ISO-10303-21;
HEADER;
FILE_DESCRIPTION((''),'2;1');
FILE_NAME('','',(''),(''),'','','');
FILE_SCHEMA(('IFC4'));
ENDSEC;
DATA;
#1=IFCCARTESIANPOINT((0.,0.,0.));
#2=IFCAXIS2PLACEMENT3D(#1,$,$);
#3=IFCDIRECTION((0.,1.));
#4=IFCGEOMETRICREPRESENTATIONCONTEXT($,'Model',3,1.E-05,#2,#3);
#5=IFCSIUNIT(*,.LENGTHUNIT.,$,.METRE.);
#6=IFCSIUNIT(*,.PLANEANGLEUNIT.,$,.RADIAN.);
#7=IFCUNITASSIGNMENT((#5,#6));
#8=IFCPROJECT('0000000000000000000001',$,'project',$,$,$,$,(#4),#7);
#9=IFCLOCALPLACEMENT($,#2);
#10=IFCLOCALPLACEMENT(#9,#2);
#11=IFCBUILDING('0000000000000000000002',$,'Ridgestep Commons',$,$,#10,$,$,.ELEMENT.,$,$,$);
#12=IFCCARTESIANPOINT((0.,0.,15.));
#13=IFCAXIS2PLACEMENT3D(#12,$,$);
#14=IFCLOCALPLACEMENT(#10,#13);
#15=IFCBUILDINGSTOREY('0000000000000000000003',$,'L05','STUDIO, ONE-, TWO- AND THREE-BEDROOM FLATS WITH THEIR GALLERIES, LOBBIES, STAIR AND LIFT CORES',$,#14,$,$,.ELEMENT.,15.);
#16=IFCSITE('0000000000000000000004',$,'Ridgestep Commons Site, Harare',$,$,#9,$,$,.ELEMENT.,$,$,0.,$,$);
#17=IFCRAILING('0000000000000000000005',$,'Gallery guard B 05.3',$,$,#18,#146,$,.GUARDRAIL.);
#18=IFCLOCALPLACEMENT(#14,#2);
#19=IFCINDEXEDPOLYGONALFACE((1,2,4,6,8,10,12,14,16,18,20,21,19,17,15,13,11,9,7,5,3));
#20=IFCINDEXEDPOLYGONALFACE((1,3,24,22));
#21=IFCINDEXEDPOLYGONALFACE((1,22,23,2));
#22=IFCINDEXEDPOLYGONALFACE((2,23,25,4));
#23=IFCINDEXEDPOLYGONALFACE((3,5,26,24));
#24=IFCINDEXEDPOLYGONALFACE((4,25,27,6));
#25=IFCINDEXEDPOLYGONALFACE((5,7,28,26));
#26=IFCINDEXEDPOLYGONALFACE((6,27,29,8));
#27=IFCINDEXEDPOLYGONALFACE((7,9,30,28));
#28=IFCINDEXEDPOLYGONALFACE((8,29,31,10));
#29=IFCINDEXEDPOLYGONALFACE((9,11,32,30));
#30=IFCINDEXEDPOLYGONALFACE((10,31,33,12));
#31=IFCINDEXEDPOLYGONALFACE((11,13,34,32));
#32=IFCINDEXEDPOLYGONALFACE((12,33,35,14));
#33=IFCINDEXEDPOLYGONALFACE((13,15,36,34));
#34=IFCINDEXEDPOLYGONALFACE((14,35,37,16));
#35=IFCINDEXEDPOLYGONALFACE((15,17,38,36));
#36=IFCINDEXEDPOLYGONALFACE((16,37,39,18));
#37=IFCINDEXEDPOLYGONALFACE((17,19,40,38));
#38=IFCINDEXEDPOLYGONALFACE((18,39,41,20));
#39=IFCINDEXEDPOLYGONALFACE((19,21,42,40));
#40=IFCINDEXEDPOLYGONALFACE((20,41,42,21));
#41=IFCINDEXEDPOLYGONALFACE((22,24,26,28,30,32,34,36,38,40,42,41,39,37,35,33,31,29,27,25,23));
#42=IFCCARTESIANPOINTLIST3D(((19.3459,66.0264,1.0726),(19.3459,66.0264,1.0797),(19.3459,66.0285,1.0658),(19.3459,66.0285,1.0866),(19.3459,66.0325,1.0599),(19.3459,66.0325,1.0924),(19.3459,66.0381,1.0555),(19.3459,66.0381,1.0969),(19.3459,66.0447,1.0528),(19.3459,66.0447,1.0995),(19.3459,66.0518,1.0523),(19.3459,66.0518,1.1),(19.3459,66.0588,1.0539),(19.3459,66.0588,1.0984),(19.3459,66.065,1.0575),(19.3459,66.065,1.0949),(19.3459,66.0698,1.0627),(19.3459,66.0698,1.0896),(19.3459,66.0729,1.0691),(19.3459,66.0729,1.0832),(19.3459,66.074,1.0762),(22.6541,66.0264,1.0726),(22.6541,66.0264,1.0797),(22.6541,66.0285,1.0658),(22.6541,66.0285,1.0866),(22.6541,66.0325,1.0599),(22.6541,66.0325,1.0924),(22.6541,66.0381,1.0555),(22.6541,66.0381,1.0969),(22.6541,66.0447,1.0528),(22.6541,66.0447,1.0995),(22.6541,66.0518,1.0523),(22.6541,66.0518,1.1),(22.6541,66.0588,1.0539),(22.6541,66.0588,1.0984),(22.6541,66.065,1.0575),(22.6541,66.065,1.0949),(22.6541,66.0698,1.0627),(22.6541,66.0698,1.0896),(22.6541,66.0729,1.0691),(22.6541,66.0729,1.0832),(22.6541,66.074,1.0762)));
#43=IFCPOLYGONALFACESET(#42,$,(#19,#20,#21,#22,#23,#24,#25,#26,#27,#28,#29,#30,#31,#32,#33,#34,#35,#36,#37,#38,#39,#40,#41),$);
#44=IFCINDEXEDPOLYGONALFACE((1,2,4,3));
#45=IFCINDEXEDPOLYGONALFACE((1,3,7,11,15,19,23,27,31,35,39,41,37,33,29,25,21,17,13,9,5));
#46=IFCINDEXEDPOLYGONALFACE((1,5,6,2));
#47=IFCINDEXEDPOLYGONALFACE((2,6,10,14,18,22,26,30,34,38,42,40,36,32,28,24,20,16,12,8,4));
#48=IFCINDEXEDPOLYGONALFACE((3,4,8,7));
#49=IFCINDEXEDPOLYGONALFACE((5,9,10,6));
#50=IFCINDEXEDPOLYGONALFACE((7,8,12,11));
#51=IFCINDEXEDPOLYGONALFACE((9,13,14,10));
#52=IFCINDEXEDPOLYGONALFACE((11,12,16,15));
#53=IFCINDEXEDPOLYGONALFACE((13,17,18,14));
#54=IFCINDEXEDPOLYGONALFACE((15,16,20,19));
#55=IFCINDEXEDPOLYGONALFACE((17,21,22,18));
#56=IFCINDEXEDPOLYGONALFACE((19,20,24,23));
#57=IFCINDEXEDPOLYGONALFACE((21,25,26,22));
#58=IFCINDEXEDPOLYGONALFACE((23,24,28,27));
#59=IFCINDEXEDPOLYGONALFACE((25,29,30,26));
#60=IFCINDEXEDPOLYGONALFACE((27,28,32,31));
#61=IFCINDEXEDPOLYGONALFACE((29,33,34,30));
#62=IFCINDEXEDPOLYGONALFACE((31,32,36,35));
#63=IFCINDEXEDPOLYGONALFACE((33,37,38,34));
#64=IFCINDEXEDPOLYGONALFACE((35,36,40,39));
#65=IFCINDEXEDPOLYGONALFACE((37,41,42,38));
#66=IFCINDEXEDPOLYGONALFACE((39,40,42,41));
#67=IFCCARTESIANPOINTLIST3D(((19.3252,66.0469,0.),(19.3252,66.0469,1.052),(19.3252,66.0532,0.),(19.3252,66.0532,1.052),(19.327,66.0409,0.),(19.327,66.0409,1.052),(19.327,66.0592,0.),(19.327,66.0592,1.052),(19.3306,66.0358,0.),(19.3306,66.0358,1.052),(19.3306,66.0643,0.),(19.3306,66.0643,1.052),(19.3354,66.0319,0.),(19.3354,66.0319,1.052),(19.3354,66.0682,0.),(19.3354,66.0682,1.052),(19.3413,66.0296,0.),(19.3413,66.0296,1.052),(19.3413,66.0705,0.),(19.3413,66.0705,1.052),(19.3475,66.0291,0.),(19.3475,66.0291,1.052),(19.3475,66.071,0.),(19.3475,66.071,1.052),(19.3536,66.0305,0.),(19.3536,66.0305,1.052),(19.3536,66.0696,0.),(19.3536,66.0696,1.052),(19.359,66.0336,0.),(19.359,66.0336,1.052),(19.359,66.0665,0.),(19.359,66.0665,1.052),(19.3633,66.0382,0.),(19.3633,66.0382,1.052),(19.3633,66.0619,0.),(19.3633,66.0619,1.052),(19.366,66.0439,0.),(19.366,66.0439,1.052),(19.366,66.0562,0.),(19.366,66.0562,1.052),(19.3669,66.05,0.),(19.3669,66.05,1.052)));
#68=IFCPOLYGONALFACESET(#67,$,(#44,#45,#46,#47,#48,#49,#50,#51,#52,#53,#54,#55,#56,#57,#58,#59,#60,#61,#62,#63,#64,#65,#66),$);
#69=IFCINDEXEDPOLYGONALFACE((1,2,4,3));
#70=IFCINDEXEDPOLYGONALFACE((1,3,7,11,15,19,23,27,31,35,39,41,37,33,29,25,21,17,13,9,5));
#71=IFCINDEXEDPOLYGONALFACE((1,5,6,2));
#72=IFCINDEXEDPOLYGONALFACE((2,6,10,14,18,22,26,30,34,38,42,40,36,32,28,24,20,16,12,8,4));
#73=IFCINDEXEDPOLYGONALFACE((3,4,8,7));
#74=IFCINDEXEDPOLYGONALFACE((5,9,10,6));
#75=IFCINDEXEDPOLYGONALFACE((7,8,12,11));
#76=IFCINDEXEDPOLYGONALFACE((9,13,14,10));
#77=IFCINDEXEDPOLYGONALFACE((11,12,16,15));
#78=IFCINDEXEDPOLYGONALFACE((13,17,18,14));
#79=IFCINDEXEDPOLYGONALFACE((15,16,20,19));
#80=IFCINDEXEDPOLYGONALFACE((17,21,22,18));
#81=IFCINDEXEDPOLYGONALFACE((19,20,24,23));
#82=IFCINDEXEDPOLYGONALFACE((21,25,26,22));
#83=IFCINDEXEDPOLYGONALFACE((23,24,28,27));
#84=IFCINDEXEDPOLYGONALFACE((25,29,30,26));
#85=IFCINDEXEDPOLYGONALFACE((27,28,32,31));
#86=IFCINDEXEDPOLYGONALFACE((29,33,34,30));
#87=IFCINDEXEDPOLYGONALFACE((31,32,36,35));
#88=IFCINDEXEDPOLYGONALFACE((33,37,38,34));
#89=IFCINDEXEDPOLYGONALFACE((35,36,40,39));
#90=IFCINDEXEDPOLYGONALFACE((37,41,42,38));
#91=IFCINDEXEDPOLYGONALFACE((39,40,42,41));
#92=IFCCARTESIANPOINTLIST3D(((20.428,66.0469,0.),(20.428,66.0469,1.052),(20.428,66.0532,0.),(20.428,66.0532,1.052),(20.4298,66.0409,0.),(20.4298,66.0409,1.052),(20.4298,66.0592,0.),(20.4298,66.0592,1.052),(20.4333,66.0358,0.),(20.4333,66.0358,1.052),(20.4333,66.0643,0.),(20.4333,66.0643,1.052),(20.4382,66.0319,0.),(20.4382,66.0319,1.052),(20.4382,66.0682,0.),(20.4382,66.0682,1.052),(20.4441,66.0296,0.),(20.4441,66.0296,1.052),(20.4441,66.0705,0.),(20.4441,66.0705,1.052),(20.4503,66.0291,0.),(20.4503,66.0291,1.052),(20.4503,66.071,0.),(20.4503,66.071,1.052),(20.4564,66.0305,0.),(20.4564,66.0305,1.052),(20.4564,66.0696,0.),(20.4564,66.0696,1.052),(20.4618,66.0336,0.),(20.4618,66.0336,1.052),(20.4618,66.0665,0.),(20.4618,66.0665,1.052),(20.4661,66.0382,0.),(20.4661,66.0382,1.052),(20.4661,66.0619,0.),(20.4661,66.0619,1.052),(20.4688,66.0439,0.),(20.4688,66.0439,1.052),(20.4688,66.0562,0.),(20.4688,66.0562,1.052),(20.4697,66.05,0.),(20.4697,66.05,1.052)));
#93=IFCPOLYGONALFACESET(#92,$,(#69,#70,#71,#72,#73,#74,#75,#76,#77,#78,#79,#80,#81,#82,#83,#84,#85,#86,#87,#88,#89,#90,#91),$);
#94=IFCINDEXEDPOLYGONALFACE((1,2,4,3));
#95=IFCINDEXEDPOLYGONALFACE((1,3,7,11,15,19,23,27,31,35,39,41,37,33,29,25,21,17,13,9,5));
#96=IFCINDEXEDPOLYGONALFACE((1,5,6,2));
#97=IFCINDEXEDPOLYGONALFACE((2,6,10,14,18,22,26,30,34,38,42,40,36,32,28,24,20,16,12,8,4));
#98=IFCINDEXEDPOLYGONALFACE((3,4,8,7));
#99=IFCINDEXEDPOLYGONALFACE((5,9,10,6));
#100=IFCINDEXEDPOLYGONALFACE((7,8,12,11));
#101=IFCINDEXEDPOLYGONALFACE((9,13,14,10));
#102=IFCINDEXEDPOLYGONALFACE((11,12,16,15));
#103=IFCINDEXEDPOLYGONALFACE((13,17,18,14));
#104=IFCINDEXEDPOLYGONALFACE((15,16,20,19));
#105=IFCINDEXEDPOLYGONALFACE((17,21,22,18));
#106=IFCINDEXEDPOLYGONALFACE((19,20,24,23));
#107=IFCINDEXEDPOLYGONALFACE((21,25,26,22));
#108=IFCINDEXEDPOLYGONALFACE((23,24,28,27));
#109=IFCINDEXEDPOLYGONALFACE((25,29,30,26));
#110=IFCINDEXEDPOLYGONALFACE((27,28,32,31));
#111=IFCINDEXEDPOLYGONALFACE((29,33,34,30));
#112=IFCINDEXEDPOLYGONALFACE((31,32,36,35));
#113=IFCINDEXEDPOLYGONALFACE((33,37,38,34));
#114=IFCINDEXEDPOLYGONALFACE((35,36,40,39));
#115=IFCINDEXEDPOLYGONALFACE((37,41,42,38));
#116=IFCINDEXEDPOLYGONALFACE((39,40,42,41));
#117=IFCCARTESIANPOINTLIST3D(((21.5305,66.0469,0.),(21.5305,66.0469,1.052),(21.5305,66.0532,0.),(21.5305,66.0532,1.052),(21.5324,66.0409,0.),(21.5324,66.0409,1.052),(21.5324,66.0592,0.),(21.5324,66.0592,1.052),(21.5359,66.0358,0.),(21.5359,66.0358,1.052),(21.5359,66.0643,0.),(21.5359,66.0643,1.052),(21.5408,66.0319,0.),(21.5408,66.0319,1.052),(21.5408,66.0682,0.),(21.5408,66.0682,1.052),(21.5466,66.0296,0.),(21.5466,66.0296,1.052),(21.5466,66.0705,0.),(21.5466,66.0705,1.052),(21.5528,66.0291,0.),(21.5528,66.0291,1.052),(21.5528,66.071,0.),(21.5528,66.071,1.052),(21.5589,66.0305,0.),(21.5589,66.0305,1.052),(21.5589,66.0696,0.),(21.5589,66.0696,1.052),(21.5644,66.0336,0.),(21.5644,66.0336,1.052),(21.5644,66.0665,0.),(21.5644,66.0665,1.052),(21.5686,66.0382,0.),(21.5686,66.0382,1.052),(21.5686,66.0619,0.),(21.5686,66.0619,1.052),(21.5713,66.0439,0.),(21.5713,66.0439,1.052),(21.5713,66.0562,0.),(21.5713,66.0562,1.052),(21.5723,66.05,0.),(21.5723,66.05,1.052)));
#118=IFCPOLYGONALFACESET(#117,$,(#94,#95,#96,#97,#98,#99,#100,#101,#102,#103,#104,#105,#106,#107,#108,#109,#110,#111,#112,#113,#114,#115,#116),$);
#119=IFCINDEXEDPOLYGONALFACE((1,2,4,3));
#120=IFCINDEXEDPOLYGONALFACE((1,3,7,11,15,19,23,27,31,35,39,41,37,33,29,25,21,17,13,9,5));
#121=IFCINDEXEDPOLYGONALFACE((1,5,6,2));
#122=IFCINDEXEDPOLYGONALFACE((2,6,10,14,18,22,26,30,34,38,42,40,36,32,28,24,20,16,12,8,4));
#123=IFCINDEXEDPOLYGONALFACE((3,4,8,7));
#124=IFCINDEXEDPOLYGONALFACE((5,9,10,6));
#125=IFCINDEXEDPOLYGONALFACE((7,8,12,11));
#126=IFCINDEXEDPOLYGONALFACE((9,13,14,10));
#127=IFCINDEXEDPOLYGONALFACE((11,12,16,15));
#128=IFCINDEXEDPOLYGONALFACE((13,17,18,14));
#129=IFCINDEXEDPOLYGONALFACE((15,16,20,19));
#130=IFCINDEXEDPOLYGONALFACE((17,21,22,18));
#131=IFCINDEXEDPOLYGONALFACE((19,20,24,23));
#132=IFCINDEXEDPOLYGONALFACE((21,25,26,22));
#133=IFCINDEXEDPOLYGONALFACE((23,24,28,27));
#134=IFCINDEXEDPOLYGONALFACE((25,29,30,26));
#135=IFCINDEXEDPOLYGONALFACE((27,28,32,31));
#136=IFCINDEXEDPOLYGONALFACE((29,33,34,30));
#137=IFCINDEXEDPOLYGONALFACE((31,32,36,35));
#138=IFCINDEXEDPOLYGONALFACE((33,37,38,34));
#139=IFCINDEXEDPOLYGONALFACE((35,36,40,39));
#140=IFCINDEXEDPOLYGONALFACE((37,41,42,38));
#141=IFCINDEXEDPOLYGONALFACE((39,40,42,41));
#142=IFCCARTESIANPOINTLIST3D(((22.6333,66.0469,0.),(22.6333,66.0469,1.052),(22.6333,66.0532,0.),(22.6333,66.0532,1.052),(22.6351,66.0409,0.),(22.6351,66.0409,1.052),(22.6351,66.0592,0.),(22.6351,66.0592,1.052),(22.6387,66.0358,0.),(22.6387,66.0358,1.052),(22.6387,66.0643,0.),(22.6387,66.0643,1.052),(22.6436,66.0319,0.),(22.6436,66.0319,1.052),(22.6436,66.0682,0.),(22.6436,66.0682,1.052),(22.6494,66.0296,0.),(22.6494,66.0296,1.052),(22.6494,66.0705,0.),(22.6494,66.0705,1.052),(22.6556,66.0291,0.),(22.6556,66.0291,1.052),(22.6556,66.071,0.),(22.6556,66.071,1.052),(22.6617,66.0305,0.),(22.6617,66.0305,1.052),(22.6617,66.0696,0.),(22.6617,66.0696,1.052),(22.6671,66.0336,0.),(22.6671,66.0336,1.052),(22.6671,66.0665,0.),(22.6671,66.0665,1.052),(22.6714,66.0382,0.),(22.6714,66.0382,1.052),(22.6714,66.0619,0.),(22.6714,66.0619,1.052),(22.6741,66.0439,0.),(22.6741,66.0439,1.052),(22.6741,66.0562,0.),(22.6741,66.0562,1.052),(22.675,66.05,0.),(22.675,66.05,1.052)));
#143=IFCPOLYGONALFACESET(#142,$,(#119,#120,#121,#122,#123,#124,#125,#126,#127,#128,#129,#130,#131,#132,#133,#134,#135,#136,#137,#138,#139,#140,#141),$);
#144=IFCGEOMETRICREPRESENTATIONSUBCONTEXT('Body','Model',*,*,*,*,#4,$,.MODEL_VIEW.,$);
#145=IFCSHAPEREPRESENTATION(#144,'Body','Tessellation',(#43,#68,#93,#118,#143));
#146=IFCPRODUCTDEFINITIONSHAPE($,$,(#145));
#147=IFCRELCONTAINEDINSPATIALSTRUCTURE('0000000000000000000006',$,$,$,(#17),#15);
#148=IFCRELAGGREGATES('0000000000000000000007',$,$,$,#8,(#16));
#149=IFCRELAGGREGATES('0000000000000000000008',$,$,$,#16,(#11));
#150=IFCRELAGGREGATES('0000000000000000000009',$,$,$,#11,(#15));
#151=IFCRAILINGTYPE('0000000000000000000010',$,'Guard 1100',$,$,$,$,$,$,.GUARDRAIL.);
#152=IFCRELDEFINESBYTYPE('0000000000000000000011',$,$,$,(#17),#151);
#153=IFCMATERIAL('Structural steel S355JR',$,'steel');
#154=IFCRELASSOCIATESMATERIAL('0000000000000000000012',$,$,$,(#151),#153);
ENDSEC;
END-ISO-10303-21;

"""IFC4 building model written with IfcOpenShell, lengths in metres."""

from ifc_helpers import new_model, si_unit, direction, frame, origin, origin_2d, place, context, subcontext, project, spatial, circle, extrude, material, type_object, element, save


model = new_model("IFC4")

# Units and contexts
model_context = context("Model", 3, precision=1e-05, world=origin(), true_north=direction((0.0, 1.0)))
body_context = subcontext(model_context, "Body", "Model", "MODEL_VIEW")
ifc_project = project(units=[si_unit("LENGTHUNIT", "METRE"), si_unit("PLANEANGLEUNIT", "RADIAN")], contexts=[model_context])

# Site, building, storey
site_placement = place(None, origin())
site = spatial("IfcSite", under=ifc_project, at=site_placement, Name="Ridgestep Commons Site, Harare", CompositionType="ELEMENT", RefElevation=0.0)
building_placement = place(site_placement, origin())
building = spatial("IfcBuilding", under=site, at=building_placement, Name="Ridgestep Commons", CompositionType="ELEMENT")
storey_placement = place(building_placement, frame((0.0, 0.0, 15.0)))
storey = spatial("IfcBuildingStorey", under=building, at=storey_placement, Name="L05", Description="STUDIO, ONE-, TWO- AND THREE-BEDROOM FLATS WITH THEIR GALLERIES, LOBBIES, STAIR AND LIFT CORES", CompositionType="ELEMENT", Elevation=15.0)

# Railing
ifc_material_1 = material(Name="Structural steel S355JR", Category="steel")
railing_type = type_object("IfcRailingType", Name="Guard 1100", PredefinedType="GUARDRAIL", material=ifc_material_1)
railing_1_placement = place(storey_placement, frame((19.3459, 66.05, 0.0)))
element("IfcRailing", 1, at=railing_1_placement, inside=storey, type_object=railing_type, Name="Gallery guard B 05.3", PredefinedType="GUARDRAIL", context=body_context, shape_type="SweptSolid", body=[
    extrude(circle(Radius=0.0239, at=origin_2d()), frame((0.0, 0.0, 1.0762), z_axis=(1.0, 0.0, 0.0), x_axis=(0.0, 1.0, 0.0)), (0.0, 0.0, 1.0), 3.3081),
    extrude(circle(Radius=0.021, at=origin_2d()), origin(), (0.0, 0.0, 1.0), 1.052),
    extrude(circle(Radius=0.021, at=origin_2d()), frame((1.1028, 0.0, 0.0)), (0.0, 0.0, 1.0), 1.052),
    extrude(circle(Radius=0.021, at=origin_2d()), frame((2.2053, 0.0, 0.0)), (0.0, 0.0, 1.0), 1.052),
    extrude(circle(Radius=0.021, at=origin_2d()), frame((3.3081, 0.0, 0.0)), (0.0, 0.0, 1.0), 1.052),
])

save(model, "model.ifc")
